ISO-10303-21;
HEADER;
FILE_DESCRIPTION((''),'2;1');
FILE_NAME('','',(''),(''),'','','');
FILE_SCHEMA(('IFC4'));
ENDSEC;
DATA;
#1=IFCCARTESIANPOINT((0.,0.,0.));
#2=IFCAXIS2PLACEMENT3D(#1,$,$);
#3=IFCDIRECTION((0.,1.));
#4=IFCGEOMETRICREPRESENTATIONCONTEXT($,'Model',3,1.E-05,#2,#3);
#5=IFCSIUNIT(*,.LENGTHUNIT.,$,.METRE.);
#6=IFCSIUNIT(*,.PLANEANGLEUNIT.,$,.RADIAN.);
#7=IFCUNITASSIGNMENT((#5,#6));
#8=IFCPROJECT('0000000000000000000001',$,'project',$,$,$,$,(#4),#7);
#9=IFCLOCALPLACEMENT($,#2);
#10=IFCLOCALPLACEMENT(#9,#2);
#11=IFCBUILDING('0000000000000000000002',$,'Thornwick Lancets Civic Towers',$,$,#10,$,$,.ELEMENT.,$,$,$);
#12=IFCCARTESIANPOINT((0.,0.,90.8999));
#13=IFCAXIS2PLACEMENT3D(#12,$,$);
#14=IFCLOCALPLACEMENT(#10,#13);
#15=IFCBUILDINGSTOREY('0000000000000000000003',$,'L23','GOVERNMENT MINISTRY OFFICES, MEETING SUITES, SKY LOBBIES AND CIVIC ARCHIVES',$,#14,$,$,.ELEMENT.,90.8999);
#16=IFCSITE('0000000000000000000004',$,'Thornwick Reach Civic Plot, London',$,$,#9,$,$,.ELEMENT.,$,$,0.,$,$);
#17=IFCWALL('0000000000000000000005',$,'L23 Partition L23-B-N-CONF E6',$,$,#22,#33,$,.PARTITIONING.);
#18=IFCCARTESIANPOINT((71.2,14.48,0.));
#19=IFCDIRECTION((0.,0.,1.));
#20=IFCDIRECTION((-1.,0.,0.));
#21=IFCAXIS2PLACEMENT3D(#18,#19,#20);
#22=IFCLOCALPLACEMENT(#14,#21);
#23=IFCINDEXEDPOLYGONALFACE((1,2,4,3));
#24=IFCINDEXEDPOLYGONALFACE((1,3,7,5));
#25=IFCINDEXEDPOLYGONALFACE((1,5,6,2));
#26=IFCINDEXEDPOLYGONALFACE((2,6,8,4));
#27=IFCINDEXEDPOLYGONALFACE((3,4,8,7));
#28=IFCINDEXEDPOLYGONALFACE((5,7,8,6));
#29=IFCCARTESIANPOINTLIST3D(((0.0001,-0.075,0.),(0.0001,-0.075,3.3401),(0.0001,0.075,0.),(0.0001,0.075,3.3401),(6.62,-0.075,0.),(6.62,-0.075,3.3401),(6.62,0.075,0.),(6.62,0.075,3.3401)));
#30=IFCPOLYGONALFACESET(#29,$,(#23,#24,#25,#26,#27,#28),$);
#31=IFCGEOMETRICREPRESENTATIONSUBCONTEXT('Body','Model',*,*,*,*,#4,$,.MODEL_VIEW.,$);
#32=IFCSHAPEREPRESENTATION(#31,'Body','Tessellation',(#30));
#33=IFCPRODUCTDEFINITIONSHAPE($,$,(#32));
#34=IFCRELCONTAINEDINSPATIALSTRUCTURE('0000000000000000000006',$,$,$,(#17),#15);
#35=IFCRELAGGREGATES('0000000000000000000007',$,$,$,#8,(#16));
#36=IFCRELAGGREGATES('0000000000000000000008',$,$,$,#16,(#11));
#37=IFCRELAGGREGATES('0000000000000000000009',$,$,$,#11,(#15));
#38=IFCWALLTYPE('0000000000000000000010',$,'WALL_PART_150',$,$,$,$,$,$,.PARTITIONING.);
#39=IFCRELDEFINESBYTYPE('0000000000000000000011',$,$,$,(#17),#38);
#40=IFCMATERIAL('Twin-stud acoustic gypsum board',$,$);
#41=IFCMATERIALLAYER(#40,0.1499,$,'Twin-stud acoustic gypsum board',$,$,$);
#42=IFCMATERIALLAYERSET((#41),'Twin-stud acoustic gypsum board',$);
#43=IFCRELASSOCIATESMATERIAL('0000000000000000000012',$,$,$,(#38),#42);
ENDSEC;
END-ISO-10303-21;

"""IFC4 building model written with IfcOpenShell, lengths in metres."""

from ifc_helpers import new_model, si_unit, direction, frame, frame_2d, origin, place, context, subcontext, project, spatial, rectangle, extrude, material, layer, layer_set, type_object, element, save


model = new_model("IFC4")

# Units and contexts
model_context = context("Model", 3, precision=1e-05, world=origin(), true_north=direction((0.0, 1.0)))
body_context = subcontext(model_context, "Body", "Model", "MODEL_VIEW")
ifc_project = project(units=[si_unit("LENGTHUNIT", "METRE"), si_unit("PLANEANGLEUNIT", "RADIAN")], contexts=[model_context])

# Site, building, storey
site_placement = place(None, origin())
site = spatial("IfcSite", under=ifc_project, at=site_placement, Name="Thornwick Reach Civic Plot, London", CompositionType="ELEMENT", RefElevation=0.0)
building_placement = place(site_placement, origin())
building = spatial("IfcBuilding", under=site, at=building_placement, Name="Thornwick Lancets Civic Towers", CompositionType="ELEMENT")
storey_placement = place(building_placement, frame((0.0, 0.0, 90.8999)))
storey = spatial("IfcBuildingStorey", under=building, at=storey_placement, Name="L23", Description="GOVERNMENT MINISTRY OFFICES, MEETING SUITES, SKY LOBBIES AND CIVIC ARCHIVES", CompositionType="ELEMENT", Elevation=90.8999)

# Wall
ifc_material_1 = material(Name="Twin-stud acoustic gypsum board")
ifc_layer_1 = layer(ifc_material_1, 0.1499, Name="Twin-stud acoustic gypsum board")
ifc_layer_set_1 = layer_set([ifc_layer_1], Name="Twin-stud acoustic gypsum board")
wall_type_1 = type_object("IfcWallType", Name="WALL_PART_150", PredefinedType="PARTITIONING", material=ifc_layer_set_1)
wall_1_placement = place(storey_placement, frame((71.2, 14.48, 0.0), z_axis=(0.0, 0.0, 1.0), x_axis=(-1.0, 0.0, 0.0)))
element("IfcWall", 1, at=wall_1_placement, inside=storey, type_object=wall_type_1, Name="L23 Partition L23-B-N-CONF E6", PredefinedType="PARTITIONING", context=body_context, shape_type="SweptSolid", body=[
    extrude(rectangle(XDim=6.6199, YDim=0.1499, at=frame_2d((3.3101, 0.0))), origin(), (0.0, 0.0, 1.0), 3.3401),
])

save(model, "model.ifc")
